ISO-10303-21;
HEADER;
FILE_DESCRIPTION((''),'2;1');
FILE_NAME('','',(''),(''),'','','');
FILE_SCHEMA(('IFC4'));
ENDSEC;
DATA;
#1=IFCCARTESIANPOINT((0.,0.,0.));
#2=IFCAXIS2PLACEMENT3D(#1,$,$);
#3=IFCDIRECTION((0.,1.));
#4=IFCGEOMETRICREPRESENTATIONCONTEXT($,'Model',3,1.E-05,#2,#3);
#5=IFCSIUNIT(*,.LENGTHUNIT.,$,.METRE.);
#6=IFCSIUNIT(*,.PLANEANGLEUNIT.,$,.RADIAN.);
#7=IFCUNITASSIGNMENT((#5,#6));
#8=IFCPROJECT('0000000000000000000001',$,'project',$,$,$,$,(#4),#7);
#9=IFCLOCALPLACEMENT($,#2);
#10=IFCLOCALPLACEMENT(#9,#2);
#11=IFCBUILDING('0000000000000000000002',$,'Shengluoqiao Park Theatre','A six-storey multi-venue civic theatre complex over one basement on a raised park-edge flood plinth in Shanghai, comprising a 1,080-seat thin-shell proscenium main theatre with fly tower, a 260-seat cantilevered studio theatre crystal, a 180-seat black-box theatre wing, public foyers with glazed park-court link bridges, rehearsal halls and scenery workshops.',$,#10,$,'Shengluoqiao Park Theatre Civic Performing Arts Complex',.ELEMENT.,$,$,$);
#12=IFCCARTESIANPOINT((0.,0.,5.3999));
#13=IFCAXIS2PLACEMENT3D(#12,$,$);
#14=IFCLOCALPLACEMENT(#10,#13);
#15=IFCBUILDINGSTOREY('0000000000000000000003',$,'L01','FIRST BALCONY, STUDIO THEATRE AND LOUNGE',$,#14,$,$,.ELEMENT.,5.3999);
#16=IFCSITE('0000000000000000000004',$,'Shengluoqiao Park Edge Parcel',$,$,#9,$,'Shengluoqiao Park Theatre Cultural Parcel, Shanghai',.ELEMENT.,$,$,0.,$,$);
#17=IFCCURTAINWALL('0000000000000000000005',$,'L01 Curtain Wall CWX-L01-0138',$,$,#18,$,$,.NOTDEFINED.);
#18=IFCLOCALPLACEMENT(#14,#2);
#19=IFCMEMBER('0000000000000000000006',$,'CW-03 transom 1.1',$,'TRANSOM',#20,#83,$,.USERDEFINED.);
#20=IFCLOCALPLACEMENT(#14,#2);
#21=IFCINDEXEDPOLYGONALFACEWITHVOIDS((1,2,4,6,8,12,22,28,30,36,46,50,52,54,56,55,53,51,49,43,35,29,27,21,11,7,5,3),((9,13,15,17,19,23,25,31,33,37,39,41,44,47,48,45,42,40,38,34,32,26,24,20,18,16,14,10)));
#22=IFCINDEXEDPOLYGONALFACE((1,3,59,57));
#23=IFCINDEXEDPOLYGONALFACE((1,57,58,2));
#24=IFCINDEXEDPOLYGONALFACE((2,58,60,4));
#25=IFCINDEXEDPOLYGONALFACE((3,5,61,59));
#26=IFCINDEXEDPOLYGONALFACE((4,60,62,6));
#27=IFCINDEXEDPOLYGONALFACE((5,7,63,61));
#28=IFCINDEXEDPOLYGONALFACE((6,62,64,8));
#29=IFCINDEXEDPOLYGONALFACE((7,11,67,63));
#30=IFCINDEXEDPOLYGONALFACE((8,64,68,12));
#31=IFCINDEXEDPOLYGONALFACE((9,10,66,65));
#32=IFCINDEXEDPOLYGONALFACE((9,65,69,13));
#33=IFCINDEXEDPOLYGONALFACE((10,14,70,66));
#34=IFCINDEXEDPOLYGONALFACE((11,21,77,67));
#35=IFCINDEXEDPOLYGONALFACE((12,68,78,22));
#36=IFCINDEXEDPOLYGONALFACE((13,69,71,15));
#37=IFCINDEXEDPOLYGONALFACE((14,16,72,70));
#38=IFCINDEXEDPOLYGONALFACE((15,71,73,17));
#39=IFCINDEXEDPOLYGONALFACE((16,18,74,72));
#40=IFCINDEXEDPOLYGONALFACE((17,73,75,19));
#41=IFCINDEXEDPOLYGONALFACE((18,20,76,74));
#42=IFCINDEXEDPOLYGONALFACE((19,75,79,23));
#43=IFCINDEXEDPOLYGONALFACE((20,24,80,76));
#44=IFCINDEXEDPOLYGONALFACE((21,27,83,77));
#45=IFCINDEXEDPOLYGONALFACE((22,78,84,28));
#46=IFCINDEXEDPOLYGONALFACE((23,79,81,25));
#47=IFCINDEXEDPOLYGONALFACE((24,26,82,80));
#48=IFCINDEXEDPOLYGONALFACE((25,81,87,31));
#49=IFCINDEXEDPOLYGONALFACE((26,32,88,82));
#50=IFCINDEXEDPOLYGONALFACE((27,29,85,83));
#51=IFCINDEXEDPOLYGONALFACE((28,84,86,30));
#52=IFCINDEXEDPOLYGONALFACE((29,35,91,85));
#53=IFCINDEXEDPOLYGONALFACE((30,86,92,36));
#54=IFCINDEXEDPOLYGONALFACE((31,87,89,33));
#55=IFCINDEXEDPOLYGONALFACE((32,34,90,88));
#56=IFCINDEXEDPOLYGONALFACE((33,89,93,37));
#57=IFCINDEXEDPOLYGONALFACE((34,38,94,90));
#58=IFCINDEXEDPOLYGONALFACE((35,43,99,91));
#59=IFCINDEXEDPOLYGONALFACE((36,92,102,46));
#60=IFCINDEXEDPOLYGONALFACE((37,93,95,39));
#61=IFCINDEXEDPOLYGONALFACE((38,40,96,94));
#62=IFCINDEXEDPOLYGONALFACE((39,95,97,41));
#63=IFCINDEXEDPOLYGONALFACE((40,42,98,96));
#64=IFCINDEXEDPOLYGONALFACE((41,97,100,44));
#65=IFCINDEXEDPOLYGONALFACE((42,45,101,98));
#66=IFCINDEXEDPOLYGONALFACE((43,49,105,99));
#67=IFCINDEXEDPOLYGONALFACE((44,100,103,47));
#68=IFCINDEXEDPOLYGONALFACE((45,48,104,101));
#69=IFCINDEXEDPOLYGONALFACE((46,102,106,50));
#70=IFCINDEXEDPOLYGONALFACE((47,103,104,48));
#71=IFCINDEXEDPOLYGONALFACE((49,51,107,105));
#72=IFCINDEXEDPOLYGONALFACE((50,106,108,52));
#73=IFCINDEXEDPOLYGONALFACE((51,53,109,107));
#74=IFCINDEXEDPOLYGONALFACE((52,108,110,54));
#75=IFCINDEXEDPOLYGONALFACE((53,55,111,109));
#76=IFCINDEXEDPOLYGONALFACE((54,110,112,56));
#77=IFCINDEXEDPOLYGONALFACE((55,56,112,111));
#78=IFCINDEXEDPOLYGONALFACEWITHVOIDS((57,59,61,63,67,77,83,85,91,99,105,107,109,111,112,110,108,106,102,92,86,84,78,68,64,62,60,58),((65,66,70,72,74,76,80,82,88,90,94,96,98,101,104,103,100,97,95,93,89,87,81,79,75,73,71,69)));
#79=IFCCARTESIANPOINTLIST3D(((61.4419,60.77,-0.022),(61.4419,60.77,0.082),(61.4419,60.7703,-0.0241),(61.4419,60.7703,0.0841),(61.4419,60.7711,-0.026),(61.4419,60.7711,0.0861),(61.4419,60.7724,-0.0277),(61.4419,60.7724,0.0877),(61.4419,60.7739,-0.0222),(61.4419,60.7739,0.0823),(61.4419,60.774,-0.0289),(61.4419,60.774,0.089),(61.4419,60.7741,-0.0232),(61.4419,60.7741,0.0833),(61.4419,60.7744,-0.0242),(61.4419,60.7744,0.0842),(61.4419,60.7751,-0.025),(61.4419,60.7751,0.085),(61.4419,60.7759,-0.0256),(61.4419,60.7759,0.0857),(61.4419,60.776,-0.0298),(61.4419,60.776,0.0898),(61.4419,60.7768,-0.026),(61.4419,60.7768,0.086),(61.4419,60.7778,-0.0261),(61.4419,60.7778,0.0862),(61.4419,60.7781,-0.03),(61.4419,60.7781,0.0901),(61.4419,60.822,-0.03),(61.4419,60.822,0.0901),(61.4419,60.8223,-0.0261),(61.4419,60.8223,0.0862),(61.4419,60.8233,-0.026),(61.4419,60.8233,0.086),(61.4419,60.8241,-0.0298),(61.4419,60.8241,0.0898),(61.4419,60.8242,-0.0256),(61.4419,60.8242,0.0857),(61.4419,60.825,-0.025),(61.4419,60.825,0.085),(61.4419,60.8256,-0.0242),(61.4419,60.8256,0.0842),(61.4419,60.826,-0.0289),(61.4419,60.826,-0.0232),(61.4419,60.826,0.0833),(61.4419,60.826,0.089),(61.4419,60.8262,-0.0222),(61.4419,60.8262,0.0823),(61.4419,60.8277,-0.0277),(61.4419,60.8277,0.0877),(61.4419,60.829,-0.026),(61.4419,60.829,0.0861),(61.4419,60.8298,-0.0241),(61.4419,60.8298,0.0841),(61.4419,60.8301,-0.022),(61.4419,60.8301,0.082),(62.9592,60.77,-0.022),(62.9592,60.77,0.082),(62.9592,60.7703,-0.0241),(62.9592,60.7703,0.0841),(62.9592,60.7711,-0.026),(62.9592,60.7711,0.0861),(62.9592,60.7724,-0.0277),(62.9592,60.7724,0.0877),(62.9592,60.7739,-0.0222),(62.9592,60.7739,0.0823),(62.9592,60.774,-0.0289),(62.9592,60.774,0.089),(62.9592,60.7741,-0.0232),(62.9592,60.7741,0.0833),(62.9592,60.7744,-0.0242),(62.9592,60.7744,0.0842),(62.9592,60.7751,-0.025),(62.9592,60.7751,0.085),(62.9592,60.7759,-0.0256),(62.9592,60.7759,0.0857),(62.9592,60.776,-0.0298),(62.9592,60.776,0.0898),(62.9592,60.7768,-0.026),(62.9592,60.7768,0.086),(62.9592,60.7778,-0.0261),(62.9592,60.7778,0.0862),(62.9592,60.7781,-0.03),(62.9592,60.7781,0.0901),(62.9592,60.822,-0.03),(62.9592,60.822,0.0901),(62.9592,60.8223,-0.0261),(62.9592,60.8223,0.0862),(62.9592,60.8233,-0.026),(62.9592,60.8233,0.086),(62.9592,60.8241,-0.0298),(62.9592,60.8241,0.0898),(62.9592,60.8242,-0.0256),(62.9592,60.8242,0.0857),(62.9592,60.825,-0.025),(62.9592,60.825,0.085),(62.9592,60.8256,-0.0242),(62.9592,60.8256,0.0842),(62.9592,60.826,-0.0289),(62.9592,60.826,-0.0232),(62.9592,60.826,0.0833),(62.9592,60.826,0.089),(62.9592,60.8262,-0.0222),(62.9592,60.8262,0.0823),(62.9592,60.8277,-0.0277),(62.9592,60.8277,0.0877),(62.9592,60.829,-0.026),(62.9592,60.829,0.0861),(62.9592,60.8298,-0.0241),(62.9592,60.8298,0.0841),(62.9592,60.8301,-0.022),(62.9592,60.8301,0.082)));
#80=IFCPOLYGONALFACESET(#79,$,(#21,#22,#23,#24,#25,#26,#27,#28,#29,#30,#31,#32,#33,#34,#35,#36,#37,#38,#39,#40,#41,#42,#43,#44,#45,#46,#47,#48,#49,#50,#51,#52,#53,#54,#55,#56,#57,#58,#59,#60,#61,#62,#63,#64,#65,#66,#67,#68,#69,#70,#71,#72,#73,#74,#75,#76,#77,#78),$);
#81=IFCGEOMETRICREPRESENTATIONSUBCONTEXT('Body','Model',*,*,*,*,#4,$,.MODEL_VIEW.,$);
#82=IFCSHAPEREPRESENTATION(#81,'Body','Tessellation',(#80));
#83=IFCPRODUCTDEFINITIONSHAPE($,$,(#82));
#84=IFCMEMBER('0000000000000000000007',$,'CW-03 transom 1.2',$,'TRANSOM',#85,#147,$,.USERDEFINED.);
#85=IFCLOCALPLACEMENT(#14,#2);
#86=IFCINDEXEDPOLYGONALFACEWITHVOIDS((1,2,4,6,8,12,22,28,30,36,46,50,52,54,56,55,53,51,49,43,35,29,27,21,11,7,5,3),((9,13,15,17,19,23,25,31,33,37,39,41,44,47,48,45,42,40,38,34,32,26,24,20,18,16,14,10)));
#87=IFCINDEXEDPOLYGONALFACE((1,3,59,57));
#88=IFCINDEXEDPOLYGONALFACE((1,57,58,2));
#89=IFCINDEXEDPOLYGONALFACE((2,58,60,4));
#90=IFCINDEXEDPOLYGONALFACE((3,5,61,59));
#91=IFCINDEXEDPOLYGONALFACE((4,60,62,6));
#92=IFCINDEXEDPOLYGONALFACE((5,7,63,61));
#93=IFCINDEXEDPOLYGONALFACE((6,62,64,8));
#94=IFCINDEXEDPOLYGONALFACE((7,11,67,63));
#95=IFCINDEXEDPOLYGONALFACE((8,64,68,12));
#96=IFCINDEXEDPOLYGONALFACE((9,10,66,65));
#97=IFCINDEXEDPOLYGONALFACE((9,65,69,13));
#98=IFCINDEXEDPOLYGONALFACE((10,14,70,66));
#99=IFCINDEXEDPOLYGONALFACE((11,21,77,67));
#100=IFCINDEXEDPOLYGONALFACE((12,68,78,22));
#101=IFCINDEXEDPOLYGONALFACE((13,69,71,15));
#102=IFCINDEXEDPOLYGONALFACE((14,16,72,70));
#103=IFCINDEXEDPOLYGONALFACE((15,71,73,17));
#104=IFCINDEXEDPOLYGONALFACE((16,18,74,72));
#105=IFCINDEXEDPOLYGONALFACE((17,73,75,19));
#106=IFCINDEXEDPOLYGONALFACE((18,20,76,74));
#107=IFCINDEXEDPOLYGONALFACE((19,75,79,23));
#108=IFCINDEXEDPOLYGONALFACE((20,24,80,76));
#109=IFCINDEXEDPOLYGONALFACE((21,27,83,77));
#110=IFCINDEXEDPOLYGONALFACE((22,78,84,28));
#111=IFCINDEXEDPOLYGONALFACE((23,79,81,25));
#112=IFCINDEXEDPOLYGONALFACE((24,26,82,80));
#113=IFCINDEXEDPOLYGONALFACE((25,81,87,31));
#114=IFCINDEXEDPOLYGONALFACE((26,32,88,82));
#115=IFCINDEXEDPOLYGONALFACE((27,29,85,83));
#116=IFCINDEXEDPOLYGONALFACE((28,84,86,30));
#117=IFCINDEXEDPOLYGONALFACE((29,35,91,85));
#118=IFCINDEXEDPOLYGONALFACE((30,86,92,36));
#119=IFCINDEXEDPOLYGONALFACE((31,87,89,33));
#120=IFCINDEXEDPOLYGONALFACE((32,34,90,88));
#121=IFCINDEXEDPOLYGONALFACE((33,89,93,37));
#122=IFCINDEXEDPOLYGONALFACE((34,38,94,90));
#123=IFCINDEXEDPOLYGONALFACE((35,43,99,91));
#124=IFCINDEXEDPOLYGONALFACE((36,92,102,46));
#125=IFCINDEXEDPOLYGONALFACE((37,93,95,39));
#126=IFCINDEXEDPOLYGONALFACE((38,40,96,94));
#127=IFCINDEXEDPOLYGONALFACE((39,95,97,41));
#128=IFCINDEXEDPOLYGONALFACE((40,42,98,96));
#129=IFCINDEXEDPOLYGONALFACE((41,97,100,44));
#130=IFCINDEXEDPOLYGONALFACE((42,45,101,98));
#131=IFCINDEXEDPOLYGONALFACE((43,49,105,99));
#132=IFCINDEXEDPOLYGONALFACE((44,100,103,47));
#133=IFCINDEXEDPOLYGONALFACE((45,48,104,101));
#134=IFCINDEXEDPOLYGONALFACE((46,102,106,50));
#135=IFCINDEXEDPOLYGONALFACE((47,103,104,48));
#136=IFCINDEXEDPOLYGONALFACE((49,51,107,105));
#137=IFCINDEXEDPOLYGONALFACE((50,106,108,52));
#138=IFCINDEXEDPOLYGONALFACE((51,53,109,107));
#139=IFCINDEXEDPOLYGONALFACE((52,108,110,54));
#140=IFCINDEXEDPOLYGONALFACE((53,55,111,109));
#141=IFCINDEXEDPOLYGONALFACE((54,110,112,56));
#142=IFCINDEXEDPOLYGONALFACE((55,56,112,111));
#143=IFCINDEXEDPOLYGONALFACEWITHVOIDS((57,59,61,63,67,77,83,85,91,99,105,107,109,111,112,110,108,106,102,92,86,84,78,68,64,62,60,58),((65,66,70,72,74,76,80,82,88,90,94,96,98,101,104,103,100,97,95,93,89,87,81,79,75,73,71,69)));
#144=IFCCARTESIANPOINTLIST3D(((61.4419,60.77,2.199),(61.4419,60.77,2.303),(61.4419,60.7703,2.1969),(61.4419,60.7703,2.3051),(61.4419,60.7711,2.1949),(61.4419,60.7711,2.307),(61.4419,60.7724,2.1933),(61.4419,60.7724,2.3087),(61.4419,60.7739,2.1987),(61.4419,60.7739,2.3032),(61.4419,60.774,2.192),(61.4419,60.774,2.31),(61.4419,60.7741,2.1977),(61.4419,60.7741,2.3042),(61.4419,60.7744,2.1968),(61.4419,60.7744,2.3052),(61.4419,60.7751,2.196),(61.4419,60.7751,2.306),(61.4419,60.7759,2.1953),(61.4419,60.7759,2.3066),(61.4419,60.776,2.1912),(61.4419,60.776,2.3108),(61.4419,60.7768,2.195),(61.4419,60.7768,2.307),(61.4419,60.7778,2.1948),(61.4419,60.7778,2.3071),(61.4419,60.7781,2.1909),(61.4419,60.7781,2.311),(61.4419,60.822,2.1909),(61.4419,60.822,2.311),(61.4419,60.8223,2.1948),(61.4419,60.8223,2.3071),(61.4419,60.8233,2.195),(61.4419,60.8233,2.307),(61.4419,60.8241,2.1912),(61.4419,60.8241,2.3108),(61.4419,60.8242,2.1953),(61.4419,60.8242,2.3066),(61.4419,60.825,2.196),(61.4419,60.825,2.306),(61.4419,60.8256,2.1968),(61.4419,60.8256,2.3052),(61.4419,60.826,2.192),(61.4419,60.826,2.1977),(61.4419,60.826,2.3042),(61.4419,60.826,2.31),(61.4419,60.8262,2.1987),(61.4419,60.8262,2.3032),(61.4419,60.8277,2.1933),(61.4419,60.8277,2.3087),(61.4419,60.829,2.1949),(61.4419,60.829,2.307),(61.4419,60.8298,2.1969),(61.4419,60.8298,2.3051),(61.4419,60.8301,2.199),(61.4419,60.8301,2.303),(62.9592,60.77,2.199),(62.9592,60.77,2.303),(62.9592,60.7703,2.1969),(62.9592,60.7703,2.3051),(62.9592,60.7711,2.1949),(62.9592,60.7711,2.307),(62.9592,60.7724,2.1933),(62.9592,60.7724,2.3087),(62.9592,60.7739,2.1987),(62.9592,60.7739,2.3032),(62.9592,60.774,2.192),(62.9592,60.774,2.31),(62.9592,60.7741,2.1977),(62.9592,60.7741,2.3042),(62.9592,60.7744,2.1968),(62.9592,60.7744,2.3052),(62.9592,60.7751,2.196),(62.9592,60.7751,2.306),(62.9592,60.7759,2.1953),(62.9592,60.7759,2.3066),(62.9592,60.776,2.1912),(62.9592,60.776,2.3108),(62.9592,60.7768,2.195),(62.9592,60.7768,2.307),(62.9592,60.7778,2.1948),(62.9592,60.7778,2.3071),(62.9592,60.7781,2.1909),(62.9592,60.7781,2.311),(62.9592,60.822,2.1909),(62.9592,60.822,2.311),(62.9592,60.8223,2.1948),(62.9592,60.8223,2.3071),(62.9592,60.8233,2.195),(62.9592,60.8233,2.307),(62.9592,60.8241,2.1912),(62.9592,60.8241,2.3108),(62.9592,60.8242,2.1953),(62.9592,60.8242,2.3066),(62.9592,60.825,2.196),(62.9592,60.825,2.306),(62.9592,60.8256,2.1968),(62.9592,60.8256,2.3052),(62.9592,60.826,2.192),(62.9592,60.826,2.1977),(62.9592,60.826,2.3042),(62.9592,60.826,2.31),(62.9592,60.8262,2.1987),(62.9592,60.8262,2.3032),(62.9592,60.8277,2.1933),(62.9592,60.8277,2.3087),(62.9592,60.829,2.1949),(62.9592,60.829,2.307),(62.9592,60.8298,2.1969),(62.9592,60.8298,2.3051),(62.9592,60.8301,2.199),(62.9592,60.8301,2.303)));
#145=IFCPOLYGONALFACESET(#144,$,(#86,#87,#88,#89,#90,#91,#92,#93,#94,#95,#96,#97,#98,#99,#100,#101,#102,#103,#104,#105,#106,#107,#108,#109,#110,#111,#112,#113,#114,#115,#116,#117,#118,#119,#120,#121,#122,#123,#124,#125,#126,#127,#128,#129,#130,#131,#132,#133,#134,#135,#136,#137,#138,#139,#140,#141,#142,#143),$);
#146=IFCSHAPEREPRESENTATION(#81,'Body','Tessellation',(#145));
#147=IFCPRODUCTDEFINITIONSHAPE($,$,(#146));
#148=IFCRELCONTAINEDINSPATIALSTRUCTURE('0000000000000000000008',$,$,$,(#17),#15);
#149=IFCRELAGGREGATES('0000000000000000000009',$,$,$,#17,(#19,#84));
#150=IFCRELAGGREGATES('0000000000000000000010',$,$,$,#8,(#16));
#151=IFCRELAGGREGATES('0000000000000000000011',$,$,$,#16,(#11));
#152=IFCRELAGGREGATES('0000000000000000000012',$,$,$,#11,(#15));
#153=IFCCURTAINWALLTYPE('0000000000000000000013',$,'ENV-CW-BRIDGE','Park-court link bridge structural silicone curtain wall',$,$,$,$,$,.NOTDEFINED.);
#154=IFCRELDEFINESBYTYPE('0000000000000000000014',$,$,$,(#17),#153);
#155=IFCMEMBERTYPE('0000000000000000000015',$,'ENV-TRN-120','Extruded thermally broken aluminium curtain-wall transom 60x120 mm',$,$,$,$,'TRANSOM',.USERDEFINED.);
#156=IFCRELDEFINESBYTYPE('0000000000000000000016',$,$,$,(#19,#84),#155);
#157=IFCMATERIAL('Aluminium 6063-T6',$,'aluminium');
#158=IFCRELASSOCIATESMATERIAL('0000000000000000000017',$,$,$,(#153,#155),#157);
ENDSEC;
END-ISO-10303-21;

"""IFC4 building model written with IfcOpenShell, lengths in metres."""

from ifc_helpers import new_model, si_unit, direction, frame, origin, origin_2d, place, context, subcontext, project, spatial, hollow_rectangle, extrude, material, material_profile, profile_set, type_object, element, aggregate, save


model = new_model("IFC4")

# Units and contexts
model_context = context("Model", 3, precision=1e-05, world=origin(), true_north=direction((0.0, 1.0)))
body_context = subcontext(model_context, "Body", "Model", "MODEL_VIEW")
ifc_project = project(units=[si_unit("LENGTHUNIT", "METRE"), si_unit("PLANEANGLEUNIT", "RADIAN")], contexts=[model_context])

# Site, building, storey
site_placement = place(None, origin())
site = spatial("IfcSite", under=ifc_project, at=site_placement, Name="Shengluoqiao Park Edge Parcel", LongName="Shengluoqiao Park Theatre Cultural Parcel, Shanghai", CompositionType="ELEMENT", RefElevation=0.0)
building_placement = place(site_placement, origin())
building = spatial("IfcBuilding", under=site, at=building_placement, Name="Shengluoqiao Park Theatre", Description="A six-storey multi-venue civic theatre complex over one basement on a raised park-edge flood plinth in Shanghai, comprising a 1,080-seat thin-shell proscenium main theatre with fly tower, a 260-seat cantilevered studio theatre crystal, a 180-seat black-box theatre wing, public foyers with glazed park-court link bridges, rehearsal halls and scenery workshops.", LongName="Shengluoqiao Park Theatre Civic Performing Arts Complex", CompositionType="ELEMENT")
storey_placement = place(building_placement, frame((0.0, 0.0, 5.3999)))
storey = spatial("IfcBuildingStorey", under=building, at=storey_placement, Name="L01", Description="FIRST BALCONY, STUDIO THEATRE AND LOUNGE", CompositionType="ELEMENT", Elevation=5.3999)

# Curtain wall
ifc_material_1 = material(Name="Aluminium 6063-T6", Category="aluminium")
curtain_wall_type_1 = type_object("IfcCurtainWallType", Name="ENV-CW-BRIDGE", Description="Park-court link bridge structural silicone curtain wall", PredefinedType="NOTDEFINED", material=ifc_material_1)
curtain_wall_1_placement = place(storey_placement, origin())
curtain_wall_1 = element("IfcCurtainWall", 1, at=curtain_wall_1_placement, inside=storey, type_object=curtain_wall_type_1, Name="L01 Curtain Wall CWX-L01-0138", PredefinedType="NOTDEFINED")

# Members
ifc_material_profile_1 = material_profile(ifc_material_1, hollow_rectangle(XDim=0.0601, YDim=0.1201, WallThickness=0.0039, InnerFilletRadius=0.0039, OuterFilletRadius=0.0081, at=origin_2d()), Name="ALU TRANSOM 120x60x4")
ifc_profile_set_1 = profile_set([ifc_material_profile_1], Name="Aluminium 6063-T6")
member_type_1 = type_object("IfcMemberType", Name="ENV-TRN-120", Description="Extruded thermally broken aluminium curtain-wall transom 60x120 mm", ElementType="TRANSOM", PredefinedType="USERDEFINED", material=ifc_profile_set_1)
member_1_placement = place(storey_placement, frame((61.4419, 60.8, 0.03), z_axis=(1.0, 0.0, 0.0), x_axis=(0.0, 1.0, 0.0)))
member_1 = element("IfcMember", 2, at=member_1_placement, type_object=member_type_1, Name="CW-03 transom 1.1", ObjectType="TRANSOM", PredefinedType="USERDEFINED", context=body_context, shape_type="SweptSolid", body=[
    extrude(hollow_rectangle(XDim=0.0601, YDim=0.1201, WallThickness=0.0039, InnerFilletRadius=0.0039, OuterFilletRadius=0.0081, at=origin_2d()), origin(), (0.0, 0.0, 1.0), 1.5173),
])
member_2_placement = place(storey_placement, frame((61.4419, 60.8, 2.251), z_axis=(1.0, 0.0, 0.0), x_axis=(0.0, 1.0, 0.0)))
member_2 = element("IfcMember", 3, at=member_2_placement, type_object=member_type_1, Name="CW-03 transom 1.2", ObjectType="TRANSOM", PredefinedType="USERDEFINED", context=body_context, shape_type="SweptSolid", body=[
    extrude(hollow_rectangle(XDim=0.0601, YDim=0.1201, WallThickness=0.0039, InnerFilletRadius=0.0039, OuterFilletRadius=0.0081, at=origin_2d()), origin(), (0.0, 0.0, 1.0), 1.5173),
])

aggregate(curtain_wall_1, [member_1, member_2])

save(model, "model.ifc")
